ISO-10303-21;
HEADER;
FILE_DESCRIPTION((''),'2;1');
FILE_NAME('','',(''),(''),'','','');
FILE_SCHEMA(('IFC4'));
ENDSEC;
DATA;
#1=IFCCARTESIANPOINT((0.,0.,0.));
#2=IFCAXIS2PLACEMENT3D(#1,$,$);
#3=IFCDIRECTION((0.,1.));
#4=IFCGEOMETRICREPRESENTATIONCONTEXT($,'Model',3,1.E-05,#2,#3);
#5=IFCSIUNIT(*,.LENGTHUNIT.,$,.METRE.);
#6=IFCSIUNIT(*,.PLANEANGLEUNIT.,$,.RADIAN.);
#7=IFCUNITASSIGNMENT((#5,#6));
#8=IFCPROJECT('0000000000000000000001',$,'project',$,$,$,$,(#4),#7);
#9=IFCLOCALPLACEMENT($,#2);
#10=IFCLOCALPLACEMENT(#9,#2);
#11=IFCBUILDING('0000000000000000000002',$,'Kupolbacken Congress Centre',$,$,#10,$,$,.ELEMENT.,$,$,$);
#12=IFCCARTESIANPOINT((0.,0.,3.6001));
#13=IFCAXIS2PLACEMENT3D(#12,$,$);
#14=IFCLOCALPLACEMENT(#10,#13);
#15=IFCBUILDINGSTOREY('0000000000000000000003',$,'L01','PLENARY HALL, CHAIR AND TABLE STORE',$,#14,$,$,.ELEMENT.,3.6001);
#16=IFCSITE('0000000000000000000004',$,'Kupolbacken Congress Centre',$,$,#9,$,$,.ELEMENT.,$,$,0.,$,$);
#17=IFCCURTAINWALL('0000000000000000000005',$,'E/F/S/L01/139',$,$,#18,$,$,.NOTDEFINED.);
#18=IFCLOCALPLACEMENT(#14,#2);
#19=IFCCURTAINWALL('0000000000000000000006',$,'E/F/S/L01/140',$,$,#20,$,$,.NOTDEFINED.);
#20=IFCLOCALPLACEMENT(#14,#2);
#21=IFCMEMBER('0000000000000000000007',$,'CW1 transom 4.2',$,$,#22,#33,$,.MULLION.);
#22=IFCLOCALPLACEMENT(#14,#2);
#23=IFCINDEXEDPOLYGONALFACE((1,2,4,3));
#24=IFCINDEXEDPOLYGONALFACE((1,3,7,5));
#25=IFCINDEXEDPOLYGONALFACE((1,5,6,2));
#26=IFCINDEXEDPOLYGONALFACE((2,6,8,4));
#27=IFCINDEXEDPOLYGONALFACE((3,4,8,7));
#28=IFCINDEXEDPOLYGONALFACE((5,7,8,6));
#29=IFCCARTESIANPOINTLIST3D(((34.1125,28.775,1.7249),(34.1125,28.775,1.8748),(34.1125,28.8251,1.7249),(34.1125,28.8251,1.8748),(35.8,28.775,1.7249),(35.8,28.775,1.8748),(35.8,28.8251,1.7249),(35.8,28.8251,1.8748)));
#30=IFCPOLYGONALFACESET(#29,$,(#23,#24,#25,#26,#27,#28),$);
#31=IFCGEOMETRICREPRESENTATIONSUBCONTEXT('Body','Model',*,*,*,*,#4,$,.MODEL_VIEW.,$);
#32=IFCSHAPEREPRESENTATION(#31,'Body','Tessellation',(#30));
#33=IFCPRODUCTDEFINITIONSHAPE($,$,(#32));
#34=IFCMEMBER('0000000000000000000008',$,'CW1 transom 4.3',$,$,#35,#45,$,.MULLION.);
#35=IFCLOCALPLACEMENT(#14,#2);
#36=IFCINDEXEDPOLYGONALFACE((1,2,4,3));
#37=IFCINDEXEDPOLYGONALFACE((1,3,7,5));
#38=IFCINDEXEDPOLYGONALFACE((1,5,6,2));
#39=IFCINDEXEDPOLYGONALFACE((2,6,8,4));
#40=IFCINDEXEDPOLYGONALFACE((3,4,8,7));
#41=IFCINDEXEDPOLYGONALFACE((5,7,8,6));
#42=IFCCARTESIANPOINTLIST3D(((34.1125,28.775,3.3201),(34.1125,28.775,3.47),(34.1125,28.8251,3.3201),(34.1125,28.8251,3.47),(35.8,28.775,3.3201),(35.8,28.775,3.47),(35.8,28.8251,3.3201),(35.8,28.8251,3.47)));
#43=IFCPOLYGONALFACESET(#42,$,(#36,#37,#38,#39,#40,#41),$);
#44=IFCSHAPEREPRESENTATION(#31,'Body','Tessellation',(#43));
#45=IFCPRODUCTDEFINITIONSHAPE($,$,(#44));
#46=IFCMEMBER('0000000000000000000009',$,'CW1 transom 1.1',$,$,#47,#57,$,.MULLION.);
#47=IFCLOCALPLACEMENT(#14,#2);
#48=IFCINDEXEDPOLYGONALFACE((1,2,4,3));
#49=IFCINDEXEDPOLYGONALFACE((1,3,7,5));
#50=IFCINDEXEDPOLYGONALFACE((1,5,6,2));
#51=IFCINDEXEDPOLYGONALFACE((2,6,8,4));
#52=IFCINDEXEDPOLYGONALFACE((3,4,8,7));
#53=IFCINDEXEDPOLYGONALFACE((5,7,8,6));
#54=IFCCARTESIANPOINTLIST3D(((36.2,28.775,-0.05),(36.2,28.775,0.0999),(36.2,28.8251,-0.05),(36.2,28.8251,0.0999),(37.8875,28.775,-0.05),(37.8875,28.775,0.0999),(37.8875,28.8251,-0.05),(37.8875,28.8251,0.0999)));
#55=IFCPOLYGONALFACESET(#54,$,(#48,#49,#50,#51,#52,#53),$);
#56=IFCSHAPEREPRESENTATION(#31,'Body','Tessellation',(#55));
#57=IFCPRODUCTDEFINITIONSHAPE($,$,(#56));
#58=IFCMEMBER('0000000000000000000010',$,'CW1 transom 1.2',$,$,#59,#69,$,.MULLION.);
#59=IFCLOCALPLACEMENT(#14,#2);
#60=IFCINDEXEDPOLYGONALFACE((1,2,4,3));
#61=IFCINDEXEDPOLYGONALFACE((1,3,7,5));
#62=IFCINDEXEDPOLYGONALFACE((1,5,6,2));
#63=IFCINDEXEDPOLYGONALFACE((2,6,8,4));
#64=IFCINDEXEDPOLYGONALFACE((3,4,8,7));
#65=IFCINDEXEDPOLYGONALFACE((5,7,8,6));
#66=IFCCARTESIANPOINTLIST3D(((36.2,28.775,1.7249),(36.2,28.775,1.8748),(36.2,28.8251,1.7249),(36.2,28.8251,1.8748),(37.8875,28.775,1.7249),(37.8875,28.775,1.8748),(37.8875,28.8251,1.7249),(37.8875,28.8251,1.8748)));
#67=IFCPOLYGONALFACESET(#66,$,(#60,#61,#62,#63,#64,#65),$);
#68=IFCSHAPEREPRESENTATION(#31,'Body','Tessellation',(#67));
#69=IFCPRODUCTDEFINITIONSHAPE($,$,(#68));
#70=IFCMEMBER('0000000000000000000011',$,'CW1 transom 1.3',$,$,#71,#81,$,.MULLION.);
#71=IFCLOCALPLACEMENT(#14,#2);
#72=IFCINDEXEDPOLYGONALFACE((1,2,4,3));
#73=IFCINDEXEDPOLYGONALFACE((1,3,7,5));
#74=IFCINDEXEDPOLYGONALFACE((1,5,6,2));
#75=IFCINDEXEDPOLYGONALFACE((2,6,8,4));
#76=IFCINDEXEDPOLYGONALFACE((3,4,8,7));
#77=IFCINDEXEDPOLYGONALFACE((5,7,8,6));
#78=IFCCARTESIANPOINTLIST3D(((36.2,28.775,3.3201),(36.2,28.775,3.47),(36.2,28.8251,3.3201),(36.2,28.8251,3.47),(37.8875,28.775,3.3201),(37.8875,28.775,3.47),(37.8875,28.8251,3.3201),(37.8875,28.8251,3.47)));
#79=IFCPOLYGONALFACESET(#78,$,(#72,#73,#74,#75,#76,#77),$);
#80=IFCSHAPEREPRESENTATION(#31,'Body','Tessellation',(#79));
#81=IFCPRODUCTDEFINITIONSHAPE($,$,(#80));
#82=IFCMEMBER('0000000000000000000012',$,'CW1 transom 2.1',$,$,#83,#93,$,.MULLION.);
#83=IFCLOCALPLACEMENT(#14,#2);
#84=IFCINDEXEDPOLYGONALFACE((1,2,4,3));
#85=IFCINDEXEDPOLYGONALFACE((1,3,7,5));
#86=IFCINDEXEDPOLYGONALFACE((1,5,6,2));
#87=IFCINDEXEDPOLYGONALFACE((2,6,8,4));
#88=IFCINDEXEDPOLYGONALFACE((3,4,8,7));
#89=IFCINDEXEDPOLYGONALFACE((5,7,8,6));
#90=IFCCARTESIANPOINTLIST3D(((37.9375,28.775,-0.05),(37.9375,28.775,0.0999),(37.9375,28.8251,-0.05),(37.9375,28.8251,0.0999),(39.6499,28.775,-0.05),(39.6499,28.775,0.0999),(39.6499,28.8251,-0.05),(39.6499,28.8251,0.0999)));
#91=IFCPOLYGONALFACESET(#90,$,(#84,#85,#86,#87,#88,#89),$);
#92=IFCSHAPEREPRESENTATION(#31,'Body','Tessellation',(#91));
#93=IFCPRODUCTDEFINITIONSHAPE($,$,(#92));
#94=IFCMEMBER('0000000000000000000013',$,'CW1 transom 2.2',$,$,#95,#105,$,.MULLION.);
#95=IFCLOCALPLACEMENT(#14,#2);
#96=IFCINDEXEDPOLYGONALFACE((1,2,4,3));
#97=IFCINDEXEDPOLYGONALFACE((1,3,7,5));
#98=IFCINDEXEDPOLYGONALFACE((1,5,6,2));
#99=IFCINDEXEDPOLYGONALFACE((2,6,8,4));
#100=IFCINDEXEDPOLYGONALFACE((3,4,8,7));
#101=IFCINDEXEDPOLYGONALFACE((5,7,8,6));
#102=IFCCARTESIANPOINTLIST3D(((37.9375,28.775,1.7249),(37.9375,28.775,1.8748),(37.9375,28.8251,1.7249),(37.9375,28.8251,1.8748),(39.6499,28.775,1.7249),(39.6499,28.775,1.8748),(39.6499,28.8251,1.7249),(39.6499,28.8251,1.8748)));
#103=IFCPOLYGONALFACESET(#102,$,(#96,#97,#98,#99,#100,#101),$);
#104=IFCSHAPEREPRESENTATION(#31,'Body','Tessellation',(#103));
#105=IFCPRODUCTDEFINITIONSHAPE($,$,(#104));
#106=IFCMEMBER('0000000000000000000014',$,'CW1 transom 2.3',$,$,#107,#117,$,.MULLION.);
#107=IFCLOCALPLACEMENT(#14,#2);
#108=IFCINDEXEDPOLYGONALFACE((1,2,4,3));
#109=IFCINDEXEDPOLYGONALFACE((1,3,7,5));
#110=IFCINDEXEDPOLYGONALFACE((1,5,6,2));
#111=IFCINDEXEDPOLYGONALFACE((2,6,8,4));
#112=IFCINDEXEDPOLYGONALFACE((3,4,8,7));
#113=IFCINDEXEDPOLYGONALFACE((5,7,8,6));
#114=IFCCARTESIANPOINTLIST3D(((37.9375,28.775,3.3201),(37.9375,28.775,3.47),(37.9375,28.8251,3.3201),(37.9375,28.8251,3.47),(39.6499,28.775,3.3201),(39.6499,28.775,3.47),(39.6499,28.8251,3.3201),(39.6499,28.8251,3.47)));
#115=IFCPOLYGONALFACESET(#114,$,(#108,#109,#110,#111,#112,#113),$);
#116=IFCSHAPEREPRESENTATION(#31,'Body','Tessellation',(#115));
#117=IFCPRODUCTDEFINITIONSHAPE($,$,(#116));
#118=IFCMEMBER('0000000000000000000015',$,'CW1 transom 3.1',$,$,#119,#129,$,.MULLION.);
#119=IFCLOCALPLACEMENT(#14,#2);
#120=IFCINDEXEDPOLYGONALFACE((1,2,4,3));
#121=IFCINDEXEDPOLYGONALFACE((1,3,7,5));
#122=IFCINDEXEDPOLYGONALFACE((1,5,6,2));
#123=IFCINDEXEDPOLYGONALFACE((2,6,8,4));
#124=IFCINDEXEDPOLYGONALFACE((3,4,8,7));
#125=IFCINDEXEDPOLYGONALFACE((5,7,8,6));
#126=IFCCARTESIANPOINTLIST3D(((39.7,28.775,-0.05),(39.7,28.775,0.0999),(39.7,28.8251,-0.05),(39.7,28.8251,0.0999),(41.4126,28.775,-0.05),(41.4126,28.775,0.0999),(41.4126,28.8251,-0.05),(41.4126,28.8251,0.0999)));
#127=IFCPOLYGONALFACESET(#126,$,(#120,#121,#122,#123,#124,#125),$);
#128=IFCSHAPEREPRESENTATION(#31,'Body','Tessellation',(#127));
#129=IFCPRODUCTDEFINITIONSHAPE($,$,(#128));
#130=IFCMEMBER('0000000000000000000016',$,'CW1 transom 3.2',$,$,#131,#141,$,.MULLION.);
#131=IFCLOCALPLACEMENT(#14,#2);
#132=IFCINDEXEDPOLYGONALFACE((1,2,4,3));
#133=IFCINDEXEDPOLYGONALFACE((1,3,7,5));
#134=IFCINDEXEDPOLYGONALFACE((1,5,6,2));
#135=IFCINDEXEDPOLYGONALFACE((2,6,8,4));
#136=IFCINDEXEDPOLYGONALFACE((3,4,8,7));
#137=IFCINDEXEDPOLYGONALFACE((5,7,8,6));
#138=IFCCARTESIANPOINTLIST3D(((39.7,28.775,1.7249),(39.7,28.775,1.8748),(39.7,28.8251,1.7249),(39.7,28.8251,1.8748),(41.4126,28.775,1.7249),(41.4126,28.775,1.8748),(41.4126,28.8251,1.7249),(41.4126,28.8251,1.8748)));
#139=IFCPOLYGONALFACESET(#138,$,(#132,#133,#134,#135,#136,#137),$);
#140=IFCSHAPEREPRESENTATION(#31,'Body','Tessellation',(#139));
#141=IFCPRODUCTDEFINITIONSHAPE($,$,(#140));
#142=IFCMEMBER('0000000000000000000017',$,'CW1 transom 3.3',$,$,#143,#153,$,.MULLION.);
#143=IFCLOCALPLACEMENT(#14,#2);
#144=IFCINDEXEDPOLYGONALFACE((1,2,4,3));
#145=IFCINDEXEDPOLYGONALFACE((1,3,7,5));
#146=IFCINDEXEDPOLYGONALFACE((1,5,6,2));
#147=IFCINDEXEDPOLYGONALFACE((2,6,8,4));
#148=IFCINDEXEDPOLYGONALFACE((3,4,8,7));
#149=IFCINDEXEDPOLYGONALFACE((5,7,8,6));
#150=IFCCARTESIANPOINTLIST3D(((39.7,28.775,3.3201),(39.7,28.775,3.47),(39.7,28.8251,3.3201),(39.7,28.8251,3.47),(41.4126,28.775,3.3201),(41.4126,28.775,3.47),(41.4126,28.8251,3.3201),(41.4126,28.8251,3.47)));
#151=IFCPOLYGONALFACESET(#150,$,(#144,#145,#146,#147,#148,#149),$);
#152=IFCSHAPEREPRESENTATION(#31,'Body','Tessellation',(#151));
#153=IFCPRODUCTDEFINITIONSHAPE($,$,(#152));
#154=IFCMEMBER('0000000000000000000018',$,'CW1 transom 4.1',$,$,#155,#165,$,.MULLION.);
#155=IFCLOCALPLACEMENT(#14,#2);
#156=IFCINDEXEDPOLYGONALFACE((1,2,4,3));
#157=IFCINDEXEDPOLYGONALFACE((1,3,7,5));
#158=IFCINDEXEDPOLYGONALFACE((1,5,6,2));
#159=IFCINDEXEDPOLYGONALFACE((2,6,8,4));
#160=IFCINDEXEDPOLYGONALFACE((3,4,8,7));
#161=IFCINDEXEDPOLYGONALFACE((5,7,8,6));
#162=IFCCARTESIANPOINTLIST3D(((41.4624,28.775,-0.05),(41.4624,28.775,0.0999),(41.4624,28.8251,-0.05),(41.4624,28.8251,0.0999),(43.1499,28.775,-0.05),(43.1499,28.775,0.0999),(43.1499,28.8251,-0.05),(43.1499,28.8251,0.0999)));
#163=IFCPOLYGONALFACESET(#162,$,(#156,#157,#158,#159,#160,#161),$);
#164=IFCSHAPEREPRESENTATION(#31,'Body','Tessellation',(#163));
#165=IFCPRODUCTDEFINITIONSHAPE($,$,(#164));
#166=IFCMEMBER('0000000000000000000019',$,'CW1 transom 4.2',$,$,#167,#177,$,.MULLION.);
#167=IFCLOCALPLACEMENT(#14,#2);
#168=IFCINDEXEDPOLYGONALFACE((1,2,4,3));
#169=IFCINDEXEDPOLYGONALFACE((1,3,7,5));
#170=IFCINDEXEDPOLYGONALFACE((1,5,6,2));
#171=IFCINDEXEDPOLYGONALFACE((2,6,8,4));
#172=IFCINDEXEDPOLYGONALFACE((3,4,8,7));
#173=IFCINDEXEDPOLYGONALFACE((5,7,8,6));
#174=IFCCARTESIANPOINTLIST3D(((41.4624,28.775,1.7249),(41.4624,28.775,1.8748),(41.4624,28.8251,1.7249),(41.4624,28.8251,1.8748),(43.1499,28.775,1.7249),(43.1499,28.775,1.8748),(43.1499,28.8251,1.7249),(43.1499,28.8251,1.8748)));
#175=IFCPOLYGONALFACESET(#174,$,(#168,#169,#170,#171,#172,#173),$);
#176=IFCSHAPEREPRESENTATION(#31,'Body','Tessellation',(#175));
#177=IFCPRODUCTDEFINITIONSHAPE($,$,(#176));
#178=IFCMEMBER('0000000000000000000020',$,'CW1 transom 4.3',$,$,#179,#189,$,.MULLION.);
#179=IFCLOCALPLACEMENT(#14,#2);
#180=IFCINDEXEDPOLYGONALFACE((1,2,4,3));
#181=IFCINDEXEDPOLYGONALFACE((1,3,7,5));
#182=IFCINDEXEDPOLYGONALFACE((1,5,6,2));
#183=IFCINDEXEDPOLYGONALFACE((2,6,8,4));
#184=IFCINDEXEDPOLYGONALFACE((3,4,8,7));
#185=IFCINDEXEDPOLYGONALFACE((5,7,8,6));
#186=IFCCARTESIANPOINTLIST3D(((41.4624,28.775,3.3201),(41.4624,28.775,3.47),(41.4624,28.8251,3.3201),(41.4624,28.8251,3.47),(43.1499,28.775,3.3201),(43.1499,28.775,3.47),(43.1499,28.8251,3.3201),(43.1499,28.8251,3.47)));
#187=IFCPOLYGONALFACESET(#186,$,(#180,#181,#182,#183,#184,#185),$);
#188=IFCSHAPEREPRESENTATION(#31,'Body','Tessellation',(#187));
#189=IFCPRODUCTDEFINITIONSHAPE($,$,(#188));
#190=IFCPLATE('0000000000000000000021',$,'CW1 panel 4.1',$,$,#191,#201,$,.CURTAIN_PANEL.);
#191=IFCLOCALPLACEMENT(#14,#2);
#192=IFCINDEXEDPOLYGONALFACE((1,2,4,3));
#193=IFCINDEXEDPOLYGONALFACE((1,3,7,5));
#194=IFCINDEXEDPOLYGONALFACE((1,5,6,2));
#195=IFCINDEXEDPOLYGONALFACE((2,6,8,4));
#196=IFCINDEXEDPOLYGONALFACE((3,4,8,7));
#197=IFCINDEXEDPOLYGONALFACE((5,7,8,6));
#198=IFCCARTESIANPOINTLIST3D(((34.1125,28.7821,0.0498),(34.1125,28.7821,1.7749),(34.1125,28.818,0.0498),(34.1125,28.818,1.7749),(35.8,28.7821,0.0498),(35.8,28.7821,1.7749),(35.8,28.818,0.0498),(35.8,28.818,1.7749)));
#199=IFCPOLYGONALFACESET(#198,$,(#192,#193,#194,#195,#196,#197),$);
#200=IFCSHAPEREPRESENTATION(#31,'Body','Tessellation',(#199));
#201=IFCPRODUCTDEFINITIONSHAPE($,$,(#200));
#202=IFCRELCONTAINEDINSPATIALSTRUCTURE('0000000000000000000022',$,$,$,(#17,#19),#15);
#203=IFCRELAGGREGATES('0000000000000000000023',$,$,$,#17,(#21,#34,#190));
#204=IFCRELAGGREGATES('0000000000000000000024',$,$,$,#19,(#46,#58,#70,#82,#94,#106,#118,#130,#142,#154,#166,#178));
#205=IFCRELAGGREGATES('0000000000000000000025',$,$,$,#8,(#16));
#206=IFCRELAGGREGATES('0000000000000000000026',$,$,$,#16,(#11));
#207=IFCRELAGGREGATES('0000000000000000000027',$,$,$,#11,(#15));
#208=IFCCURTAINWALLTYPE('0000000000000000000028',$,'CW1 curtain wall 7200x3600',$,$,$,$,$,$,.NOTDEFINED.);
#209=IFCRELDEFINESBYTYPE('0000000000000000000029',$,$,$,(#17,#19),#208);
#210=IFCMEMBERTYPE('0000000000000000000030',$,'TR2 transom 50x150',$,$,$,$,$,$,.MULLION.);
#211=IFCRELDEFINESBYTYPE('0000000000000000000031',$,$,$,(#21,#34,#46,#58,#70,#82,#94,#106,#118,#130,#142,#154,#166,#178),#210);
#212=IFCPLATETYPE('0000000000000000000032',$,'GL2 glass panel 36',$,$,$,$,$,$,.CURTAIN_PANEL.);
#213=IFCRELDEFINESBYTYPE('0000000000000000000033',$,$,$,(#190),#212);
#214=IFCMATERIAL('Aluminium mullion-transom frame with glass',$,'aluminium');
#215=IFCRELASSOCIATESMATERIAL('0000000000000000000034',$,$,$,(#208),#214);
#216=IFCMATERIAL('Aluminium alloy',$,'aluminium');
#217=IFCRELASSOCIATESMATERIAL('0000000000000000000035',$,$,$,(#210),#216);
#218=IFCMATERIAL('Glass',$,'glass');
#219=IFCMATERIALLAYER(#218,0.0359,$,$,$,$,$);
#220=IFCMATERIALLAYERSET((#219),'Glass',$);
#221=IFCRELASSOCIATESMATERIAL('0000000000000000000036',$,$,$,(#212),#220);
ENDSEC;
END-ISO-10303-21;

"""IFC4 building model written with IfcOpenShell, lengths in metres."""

from ifc_helpers import new_model, si_unit, direction, frame, origin, origin_2d, place, context, subcontext, project, spatial, rectangle, extrude, material, layer, layer_set, material_profile, profile_set, type_object, element, aggregate, save


model = new_model("IFC4")

# Units and contexts
model_context = context("Model", 3, precision=1e-05, world=origin(), true_north=direction((0.0, 1.0)))
body_context = subcontext(model_context, "Body", "Model", "MODEL_VIEW")
ifc_project = project(units=[si_unit("LENGTHUNIT", "METRE"), si_unit("PLANEANGLEUNIT", "RADIAN")], contexts=[model_context])

# Site, building, storey
site_placement = place(None, origin())
site = spatial("IfcSite", under=ifc_project, at=site_placement, Name="Kupolbacken Congress Centre", CompositionType="ELEMENT", RefElevation=0.0)
building_placement = place(site_placement, origin())
building = spatial("IfcBuilding", under=site, at=building_placement, Name="Kupolbacken Congress Centre", CompositionType="ELEMENT")
storey_placement = place(building_placement, frame((0.0, 0.0, 3.6001)))
storey = spatial("IfcBuildingStorey", under=building, at=storey_placement, Name="L01", Description="PLENARY HALL, CHAIR AND TABLE STORE", CompositionType="ELEMENT", Elevation=3.6001)

# Curtain wall
ifc_material_1 = material(Name="Aluminium mullion-transom frame with glass", Category="aluminium")
curtain_wall_type = type_object("IfcCurtainWallType", Name="CW1 curtain wall 7200x3600", PredefinedType="NOTDEFINED", material=ifc_material_1)
curtain_wall_1_placement = place(storey_placement, origin())
curtain_wall_1 = element("IfcCurtainWall", 1, at=curtain_wall_1_placement, inside=storey, type_object=curtain_wall_type, Name="E/F/S/L01/139", PredefinedType="NOTDEFINED")

# Curtain wall
curtain_wall_2_placement = place(storey_placement, origin())
curtain_wall_2 = element("IfcCurtainWall", 2, at=curtain_wall_2_placement, inside=storey, type_object=curtain_wall_type, Name="E/F/S/L01/140", PredefinedType="NOTDEFINED")

# Members
ifc_material_2 = material(Name="Aluminium alloy", Category="aluminium")
ifc_material_profile_1 = material_profile(ifc_material_2, rectangle(XDim=0.05, YDim=0.1499, at=origin_2d()), Name="50 x 150")
ifc_profile_set_1 = profile_set([ifc_material_profile_1], Name="Aluminium alloy")
member_type_1 = type_object("IfcMemberType", Name="TR2 transom 50x150", PredefinedType="MULLION", material=ifc_profile_set_1)
member_1_placement = place(storey_placement, frame((34.1125, 28.8, 1.7998), z_axis=(1.0, 0.0, 0.0), x_axis=(0.0, 1.0, 0.0)))
member_1 = element("IfcMember", 3, at=member_1_placement, type_object=member_type_1, Name="CW1 transom 4.2", PredefinedType="MULLION", context=body_context, shape_type="SweptSolid", body=[
    extrude(rectangle(XDim=0.05, YDim=0.1499, at=origin_2d()), origin(), (0.0, 0.0, 1.0), 1.6875),
])
member_2_placement = place(storey_placement, frame((34.1125, 28.8, 3.395), z_axis=(1.0, 0.0, 0.0), x_axis=(0.0, 1.0, 0.0)))
member_2 = element("IfcMember", 4, at=member_2_placement, type_object=member_type_1, Name="CW1 transom 4.3", PredefinedType="MULLION", context=body_context, shape_type="SweptSolid", body=[
    extrude(rectangle(XDim=0.05, YDim=0.1499, at=origin_2d()), origin(), (0.0, 0.0, 1.0), 1.6875),
])
member_3_placement = place(storey_placement, frame((36.2, 28.8, 0.0249), z_axis=(1.0, 0.0, 0.0), x_axis=(0.0, 1.0, 0.0)))
member_3 = element("IfcMember", 5, at=member_3_placement, type_object=member_type_1, Name="CW1 transom 1.1", PredefinedType="MULLION", context=body_context, shape_type="SweptSolid", body=[
    extrude(rectangle(XDim=0.05, YDim=0.1499, at=origin_2d()), origin(), (0.0, 0.0, 1.0), 1.6875),
])
member_4_placement = place(storey_placement, frame((36.2, 28.8, 1.7998), z_axis=(1.0, 0.0, 0.0), x_axis=(0.0, 1.0, 0.0)))
member_4 = element("IfcMember", 6, at=member_4_placement, type_object=member_type_1, Name="CW1 transom 1.2", PredefinedType="MULLION", context=body_context, shape_type="SweptSolid", body=[
    extrude(rectangle(XDim=0.05, YDim=0.1499, at=origin_2d()), origin(), (0.0, 0.0, 1.0), 1.6875),
])
member_5_placement = place(storey_placement, frame((36.2, 28.8, 3.395), z_axis=(1.0, 0.0, 0.0), x_axis=(0.0, 1.0, 0.0)))
member_5 = element("IfcMember", 7, at=member_5_placement, type_object=member_type_1, Name="CW1 transom 1.3", PredefinedType="MULLION", context=body_context, shape_type="SweptSolid", body=[
    extrude(rectangle(XDim=0.05, YDim=0.1499, at=origin_2d()), origin(), (0.0, 0.0, 1.0), 1.6875),
])
member_6_placement = place(storey_placement, frame((37.9375, 28.8, 0.0249), z_axis=(1.0, 0.0, 0.0), x_axis=(0.0, 1.0, 0.0)))
member_6 = element("IfcMember", 8, at=member_6_placement, type_object=member_type_1, Name="CW1 transom 2.1", PredefinedType="MULLION", context=body_context, shape_type="SweptSolid", body=[
    extrude(rectangle(XDim=0.05, YDim=0.1499, at=origin_2d()), origin(), (0.0, 0.0, 1.0), 1.7124),
])
member_7_placement = place(storey_placement, frame((37.9375, 28.8, 1.7998), z_axis=(1.0, 0.0, 0.0), x_axis=(0.0, 1.0, 0.0)))
member_7 = element("IfcMember", 9, at=member_7_placement, type_object=member_type_1, Name="CW1 transom 2.2", PredefinedType="MULLION", context=body_context, shape_type="SweptSolid", body=[
    extrude(rectangle(XDim=0.05, YDim=0.1499, at=origin_2d()), origin(), (0.0, 0.0, 1.0), 1.7124),
])
member_8_placement = place(storey_placement, frame((37.9375, 28.8, 3.395), z_axis=(1.0, 0.0, 0.0), x_axis=(0.0, 1.0, 0.0)))
member_8 = element("IfcMember", 10, at=member_8_placement, type_object=member_type_1, Name="CW1 transom 2.3", PredefinedType="MULLION", context=body_context, shape_type="SweptSolid", body=[
    extrude(rectangle(XDim=0.05, YDim=0.1499, at=origin_2d()), origin(), (0.0, 0.0, 1.0), 1.7124),
])
member_9_placement = place(storey_placement, frame((39.7, 28.8, 0.0249), z_axis=(1.0, 0.0, 0.0), x_axis=(0.0, 1.0, 0.0)))
member_9 = element("IfcMember", 11, at=member_9_placement, type_object=member_type_1, Name="CW1 transom 3.1", PredefinedType="MULLION", context=body_context, shape_type="SweptSolid", body=[
    extrude(rectangle(XDim=0.05, YDim=0.1499, at=origin_2d()), origin(), (0.0, 0.0, 1.0), 1.7126),
])
member_10_placement = place(storey_placement, frame((39.7, 28.8, 1.7998), z_axis=(1.0, 0.0, 0.0), x_axis=(0.0, 1.0, 0.0)))
member_10 = element("IfcMember", 12, at=member_10_placement, type_object=member_type_1, Name="CW1 transom 3.2", PredefinedType="MULLION", context=body_context, shape_type="SweptSolid", body=[
    extrude(rectangle(XDim=0.05, YDim=0.1499, at=origin_2d()), origin(), (0.0, 0.0, 1.0), 1.7126),
])
member_11_placement = place(storey_placement, frame((39.7, 28.8, 3.395), z_axis=(1.0, 0.0, 0.0), x_axis=(0.0, 1.0, 0.0)))
member_11 = element("IfcMember", 13, at=member_11_placement, type_object=member_type_1, Name="CW1 transom 3.3", PredefinedType="MULLION", context=body_context, shape_type="SweptSolid", body=[
    extrude(rectangle(XDim=0.05, YDim=0.1499, at=origin_2d()), origin(), (0.0, 0.0, 1.0), 1.7126),
])
member_12_placement = place(storey_placement, frame((41.4624, 28.8, 0.0249), z_axis=(1.0, 0.0, 0.0), x_axis=(0.0, 1.0, 0.0)))
member_12 = element("IfcMember", 14, at=member_12_placement, type_object=member_type_1, Name="CW1 transom 4.1", PredefinedType="MULLION", context=body_context, shape_type="SweptSolid", body=[
    extrude(rectangle(XDim=0.05, YDim=0.1499, at=origin_2d()), origin(), (0.0, 0.0, 1.0), 1.6875),
])
member_13_placement = place(storey_placement, frame((41.4624, 28.8, 1.7998), z_axis=(1.0, 0.0, 0.0), x_axis=(0.0, 1.0, 0.0)))
member_13 = element("IfcMember", 15, at=member_13_placement, type_object=member_type_1, Name="CW1 transom 4.2", PredefinedType="MULLION", context=body_context, shape_type="SweptSolid", body=[
    extrude(rectangle(XDim=0.05, YDim=0.1499, at=origin_2d()), origin(), (0.0, 0.0, 1.0), 1.6875),
])
member_14_placement = place(storey_placement, frame((41.4624, 28.8, 3.395), z_axis=(1.0, 0.0, 0.0), x_axis=(0.0, 1.0, 0.0)))
member_14 = element("IfcMember", 16, at=member_14_placement, type_object=member_type_1, Name="CW1 transom 4.3", PredefinedType="MULLION", context=body_context, shape_type="SweptSolid", body=[
    extrude(rectangle(XDim=0.05, YDim=0.1499, at=origin_2d()), origin(), (0.0, 0.0, 1.0), 1.6875),
])

# Plate
ifc_material_3 = material(Name="Glass", Category="glass")
ifc_layer = layer(ifc_material_3, 0.0359)
ifc_layer_set = layer_set([ifc_layer], Name="Glass")
plate_type = type_object("IfcPlateType", Name="GL2 glass panel 36", PredefinedType="CURTAIN_PANEL", material=ifc_layer_set)
plate_1_placement = place(storey_placement, frame((34.9563, 28.8, 0.0498), z_axis=(0.0, 0.0, 1.0), x_axis=(1.0, 0.0, 0.0)))
plate_1 = element("IfcPlate", 17, at=plate_1_placement, type_object=plate_type, Name="CW1 panel 4.1", PredefinedType="CURTAIN_PANEL", context=body_context, shape_type="SweptSolid", body=[
    extrude(rectangle(XDim=1.6875, YDim=0.0359, at=origin_2d()), origin(), (0.0, 0.0, 1.0), 1.7251),
])
aggregate(curtain_wall_1, [member_1, member_2, plate_1])
aggregate(curtain_wall_2, [member_3, member_4, member_5, member_6, member_7, member_8, member_9, member_10, member_11, member_12, member_13, member_14])

save(model, "model.ifc")
